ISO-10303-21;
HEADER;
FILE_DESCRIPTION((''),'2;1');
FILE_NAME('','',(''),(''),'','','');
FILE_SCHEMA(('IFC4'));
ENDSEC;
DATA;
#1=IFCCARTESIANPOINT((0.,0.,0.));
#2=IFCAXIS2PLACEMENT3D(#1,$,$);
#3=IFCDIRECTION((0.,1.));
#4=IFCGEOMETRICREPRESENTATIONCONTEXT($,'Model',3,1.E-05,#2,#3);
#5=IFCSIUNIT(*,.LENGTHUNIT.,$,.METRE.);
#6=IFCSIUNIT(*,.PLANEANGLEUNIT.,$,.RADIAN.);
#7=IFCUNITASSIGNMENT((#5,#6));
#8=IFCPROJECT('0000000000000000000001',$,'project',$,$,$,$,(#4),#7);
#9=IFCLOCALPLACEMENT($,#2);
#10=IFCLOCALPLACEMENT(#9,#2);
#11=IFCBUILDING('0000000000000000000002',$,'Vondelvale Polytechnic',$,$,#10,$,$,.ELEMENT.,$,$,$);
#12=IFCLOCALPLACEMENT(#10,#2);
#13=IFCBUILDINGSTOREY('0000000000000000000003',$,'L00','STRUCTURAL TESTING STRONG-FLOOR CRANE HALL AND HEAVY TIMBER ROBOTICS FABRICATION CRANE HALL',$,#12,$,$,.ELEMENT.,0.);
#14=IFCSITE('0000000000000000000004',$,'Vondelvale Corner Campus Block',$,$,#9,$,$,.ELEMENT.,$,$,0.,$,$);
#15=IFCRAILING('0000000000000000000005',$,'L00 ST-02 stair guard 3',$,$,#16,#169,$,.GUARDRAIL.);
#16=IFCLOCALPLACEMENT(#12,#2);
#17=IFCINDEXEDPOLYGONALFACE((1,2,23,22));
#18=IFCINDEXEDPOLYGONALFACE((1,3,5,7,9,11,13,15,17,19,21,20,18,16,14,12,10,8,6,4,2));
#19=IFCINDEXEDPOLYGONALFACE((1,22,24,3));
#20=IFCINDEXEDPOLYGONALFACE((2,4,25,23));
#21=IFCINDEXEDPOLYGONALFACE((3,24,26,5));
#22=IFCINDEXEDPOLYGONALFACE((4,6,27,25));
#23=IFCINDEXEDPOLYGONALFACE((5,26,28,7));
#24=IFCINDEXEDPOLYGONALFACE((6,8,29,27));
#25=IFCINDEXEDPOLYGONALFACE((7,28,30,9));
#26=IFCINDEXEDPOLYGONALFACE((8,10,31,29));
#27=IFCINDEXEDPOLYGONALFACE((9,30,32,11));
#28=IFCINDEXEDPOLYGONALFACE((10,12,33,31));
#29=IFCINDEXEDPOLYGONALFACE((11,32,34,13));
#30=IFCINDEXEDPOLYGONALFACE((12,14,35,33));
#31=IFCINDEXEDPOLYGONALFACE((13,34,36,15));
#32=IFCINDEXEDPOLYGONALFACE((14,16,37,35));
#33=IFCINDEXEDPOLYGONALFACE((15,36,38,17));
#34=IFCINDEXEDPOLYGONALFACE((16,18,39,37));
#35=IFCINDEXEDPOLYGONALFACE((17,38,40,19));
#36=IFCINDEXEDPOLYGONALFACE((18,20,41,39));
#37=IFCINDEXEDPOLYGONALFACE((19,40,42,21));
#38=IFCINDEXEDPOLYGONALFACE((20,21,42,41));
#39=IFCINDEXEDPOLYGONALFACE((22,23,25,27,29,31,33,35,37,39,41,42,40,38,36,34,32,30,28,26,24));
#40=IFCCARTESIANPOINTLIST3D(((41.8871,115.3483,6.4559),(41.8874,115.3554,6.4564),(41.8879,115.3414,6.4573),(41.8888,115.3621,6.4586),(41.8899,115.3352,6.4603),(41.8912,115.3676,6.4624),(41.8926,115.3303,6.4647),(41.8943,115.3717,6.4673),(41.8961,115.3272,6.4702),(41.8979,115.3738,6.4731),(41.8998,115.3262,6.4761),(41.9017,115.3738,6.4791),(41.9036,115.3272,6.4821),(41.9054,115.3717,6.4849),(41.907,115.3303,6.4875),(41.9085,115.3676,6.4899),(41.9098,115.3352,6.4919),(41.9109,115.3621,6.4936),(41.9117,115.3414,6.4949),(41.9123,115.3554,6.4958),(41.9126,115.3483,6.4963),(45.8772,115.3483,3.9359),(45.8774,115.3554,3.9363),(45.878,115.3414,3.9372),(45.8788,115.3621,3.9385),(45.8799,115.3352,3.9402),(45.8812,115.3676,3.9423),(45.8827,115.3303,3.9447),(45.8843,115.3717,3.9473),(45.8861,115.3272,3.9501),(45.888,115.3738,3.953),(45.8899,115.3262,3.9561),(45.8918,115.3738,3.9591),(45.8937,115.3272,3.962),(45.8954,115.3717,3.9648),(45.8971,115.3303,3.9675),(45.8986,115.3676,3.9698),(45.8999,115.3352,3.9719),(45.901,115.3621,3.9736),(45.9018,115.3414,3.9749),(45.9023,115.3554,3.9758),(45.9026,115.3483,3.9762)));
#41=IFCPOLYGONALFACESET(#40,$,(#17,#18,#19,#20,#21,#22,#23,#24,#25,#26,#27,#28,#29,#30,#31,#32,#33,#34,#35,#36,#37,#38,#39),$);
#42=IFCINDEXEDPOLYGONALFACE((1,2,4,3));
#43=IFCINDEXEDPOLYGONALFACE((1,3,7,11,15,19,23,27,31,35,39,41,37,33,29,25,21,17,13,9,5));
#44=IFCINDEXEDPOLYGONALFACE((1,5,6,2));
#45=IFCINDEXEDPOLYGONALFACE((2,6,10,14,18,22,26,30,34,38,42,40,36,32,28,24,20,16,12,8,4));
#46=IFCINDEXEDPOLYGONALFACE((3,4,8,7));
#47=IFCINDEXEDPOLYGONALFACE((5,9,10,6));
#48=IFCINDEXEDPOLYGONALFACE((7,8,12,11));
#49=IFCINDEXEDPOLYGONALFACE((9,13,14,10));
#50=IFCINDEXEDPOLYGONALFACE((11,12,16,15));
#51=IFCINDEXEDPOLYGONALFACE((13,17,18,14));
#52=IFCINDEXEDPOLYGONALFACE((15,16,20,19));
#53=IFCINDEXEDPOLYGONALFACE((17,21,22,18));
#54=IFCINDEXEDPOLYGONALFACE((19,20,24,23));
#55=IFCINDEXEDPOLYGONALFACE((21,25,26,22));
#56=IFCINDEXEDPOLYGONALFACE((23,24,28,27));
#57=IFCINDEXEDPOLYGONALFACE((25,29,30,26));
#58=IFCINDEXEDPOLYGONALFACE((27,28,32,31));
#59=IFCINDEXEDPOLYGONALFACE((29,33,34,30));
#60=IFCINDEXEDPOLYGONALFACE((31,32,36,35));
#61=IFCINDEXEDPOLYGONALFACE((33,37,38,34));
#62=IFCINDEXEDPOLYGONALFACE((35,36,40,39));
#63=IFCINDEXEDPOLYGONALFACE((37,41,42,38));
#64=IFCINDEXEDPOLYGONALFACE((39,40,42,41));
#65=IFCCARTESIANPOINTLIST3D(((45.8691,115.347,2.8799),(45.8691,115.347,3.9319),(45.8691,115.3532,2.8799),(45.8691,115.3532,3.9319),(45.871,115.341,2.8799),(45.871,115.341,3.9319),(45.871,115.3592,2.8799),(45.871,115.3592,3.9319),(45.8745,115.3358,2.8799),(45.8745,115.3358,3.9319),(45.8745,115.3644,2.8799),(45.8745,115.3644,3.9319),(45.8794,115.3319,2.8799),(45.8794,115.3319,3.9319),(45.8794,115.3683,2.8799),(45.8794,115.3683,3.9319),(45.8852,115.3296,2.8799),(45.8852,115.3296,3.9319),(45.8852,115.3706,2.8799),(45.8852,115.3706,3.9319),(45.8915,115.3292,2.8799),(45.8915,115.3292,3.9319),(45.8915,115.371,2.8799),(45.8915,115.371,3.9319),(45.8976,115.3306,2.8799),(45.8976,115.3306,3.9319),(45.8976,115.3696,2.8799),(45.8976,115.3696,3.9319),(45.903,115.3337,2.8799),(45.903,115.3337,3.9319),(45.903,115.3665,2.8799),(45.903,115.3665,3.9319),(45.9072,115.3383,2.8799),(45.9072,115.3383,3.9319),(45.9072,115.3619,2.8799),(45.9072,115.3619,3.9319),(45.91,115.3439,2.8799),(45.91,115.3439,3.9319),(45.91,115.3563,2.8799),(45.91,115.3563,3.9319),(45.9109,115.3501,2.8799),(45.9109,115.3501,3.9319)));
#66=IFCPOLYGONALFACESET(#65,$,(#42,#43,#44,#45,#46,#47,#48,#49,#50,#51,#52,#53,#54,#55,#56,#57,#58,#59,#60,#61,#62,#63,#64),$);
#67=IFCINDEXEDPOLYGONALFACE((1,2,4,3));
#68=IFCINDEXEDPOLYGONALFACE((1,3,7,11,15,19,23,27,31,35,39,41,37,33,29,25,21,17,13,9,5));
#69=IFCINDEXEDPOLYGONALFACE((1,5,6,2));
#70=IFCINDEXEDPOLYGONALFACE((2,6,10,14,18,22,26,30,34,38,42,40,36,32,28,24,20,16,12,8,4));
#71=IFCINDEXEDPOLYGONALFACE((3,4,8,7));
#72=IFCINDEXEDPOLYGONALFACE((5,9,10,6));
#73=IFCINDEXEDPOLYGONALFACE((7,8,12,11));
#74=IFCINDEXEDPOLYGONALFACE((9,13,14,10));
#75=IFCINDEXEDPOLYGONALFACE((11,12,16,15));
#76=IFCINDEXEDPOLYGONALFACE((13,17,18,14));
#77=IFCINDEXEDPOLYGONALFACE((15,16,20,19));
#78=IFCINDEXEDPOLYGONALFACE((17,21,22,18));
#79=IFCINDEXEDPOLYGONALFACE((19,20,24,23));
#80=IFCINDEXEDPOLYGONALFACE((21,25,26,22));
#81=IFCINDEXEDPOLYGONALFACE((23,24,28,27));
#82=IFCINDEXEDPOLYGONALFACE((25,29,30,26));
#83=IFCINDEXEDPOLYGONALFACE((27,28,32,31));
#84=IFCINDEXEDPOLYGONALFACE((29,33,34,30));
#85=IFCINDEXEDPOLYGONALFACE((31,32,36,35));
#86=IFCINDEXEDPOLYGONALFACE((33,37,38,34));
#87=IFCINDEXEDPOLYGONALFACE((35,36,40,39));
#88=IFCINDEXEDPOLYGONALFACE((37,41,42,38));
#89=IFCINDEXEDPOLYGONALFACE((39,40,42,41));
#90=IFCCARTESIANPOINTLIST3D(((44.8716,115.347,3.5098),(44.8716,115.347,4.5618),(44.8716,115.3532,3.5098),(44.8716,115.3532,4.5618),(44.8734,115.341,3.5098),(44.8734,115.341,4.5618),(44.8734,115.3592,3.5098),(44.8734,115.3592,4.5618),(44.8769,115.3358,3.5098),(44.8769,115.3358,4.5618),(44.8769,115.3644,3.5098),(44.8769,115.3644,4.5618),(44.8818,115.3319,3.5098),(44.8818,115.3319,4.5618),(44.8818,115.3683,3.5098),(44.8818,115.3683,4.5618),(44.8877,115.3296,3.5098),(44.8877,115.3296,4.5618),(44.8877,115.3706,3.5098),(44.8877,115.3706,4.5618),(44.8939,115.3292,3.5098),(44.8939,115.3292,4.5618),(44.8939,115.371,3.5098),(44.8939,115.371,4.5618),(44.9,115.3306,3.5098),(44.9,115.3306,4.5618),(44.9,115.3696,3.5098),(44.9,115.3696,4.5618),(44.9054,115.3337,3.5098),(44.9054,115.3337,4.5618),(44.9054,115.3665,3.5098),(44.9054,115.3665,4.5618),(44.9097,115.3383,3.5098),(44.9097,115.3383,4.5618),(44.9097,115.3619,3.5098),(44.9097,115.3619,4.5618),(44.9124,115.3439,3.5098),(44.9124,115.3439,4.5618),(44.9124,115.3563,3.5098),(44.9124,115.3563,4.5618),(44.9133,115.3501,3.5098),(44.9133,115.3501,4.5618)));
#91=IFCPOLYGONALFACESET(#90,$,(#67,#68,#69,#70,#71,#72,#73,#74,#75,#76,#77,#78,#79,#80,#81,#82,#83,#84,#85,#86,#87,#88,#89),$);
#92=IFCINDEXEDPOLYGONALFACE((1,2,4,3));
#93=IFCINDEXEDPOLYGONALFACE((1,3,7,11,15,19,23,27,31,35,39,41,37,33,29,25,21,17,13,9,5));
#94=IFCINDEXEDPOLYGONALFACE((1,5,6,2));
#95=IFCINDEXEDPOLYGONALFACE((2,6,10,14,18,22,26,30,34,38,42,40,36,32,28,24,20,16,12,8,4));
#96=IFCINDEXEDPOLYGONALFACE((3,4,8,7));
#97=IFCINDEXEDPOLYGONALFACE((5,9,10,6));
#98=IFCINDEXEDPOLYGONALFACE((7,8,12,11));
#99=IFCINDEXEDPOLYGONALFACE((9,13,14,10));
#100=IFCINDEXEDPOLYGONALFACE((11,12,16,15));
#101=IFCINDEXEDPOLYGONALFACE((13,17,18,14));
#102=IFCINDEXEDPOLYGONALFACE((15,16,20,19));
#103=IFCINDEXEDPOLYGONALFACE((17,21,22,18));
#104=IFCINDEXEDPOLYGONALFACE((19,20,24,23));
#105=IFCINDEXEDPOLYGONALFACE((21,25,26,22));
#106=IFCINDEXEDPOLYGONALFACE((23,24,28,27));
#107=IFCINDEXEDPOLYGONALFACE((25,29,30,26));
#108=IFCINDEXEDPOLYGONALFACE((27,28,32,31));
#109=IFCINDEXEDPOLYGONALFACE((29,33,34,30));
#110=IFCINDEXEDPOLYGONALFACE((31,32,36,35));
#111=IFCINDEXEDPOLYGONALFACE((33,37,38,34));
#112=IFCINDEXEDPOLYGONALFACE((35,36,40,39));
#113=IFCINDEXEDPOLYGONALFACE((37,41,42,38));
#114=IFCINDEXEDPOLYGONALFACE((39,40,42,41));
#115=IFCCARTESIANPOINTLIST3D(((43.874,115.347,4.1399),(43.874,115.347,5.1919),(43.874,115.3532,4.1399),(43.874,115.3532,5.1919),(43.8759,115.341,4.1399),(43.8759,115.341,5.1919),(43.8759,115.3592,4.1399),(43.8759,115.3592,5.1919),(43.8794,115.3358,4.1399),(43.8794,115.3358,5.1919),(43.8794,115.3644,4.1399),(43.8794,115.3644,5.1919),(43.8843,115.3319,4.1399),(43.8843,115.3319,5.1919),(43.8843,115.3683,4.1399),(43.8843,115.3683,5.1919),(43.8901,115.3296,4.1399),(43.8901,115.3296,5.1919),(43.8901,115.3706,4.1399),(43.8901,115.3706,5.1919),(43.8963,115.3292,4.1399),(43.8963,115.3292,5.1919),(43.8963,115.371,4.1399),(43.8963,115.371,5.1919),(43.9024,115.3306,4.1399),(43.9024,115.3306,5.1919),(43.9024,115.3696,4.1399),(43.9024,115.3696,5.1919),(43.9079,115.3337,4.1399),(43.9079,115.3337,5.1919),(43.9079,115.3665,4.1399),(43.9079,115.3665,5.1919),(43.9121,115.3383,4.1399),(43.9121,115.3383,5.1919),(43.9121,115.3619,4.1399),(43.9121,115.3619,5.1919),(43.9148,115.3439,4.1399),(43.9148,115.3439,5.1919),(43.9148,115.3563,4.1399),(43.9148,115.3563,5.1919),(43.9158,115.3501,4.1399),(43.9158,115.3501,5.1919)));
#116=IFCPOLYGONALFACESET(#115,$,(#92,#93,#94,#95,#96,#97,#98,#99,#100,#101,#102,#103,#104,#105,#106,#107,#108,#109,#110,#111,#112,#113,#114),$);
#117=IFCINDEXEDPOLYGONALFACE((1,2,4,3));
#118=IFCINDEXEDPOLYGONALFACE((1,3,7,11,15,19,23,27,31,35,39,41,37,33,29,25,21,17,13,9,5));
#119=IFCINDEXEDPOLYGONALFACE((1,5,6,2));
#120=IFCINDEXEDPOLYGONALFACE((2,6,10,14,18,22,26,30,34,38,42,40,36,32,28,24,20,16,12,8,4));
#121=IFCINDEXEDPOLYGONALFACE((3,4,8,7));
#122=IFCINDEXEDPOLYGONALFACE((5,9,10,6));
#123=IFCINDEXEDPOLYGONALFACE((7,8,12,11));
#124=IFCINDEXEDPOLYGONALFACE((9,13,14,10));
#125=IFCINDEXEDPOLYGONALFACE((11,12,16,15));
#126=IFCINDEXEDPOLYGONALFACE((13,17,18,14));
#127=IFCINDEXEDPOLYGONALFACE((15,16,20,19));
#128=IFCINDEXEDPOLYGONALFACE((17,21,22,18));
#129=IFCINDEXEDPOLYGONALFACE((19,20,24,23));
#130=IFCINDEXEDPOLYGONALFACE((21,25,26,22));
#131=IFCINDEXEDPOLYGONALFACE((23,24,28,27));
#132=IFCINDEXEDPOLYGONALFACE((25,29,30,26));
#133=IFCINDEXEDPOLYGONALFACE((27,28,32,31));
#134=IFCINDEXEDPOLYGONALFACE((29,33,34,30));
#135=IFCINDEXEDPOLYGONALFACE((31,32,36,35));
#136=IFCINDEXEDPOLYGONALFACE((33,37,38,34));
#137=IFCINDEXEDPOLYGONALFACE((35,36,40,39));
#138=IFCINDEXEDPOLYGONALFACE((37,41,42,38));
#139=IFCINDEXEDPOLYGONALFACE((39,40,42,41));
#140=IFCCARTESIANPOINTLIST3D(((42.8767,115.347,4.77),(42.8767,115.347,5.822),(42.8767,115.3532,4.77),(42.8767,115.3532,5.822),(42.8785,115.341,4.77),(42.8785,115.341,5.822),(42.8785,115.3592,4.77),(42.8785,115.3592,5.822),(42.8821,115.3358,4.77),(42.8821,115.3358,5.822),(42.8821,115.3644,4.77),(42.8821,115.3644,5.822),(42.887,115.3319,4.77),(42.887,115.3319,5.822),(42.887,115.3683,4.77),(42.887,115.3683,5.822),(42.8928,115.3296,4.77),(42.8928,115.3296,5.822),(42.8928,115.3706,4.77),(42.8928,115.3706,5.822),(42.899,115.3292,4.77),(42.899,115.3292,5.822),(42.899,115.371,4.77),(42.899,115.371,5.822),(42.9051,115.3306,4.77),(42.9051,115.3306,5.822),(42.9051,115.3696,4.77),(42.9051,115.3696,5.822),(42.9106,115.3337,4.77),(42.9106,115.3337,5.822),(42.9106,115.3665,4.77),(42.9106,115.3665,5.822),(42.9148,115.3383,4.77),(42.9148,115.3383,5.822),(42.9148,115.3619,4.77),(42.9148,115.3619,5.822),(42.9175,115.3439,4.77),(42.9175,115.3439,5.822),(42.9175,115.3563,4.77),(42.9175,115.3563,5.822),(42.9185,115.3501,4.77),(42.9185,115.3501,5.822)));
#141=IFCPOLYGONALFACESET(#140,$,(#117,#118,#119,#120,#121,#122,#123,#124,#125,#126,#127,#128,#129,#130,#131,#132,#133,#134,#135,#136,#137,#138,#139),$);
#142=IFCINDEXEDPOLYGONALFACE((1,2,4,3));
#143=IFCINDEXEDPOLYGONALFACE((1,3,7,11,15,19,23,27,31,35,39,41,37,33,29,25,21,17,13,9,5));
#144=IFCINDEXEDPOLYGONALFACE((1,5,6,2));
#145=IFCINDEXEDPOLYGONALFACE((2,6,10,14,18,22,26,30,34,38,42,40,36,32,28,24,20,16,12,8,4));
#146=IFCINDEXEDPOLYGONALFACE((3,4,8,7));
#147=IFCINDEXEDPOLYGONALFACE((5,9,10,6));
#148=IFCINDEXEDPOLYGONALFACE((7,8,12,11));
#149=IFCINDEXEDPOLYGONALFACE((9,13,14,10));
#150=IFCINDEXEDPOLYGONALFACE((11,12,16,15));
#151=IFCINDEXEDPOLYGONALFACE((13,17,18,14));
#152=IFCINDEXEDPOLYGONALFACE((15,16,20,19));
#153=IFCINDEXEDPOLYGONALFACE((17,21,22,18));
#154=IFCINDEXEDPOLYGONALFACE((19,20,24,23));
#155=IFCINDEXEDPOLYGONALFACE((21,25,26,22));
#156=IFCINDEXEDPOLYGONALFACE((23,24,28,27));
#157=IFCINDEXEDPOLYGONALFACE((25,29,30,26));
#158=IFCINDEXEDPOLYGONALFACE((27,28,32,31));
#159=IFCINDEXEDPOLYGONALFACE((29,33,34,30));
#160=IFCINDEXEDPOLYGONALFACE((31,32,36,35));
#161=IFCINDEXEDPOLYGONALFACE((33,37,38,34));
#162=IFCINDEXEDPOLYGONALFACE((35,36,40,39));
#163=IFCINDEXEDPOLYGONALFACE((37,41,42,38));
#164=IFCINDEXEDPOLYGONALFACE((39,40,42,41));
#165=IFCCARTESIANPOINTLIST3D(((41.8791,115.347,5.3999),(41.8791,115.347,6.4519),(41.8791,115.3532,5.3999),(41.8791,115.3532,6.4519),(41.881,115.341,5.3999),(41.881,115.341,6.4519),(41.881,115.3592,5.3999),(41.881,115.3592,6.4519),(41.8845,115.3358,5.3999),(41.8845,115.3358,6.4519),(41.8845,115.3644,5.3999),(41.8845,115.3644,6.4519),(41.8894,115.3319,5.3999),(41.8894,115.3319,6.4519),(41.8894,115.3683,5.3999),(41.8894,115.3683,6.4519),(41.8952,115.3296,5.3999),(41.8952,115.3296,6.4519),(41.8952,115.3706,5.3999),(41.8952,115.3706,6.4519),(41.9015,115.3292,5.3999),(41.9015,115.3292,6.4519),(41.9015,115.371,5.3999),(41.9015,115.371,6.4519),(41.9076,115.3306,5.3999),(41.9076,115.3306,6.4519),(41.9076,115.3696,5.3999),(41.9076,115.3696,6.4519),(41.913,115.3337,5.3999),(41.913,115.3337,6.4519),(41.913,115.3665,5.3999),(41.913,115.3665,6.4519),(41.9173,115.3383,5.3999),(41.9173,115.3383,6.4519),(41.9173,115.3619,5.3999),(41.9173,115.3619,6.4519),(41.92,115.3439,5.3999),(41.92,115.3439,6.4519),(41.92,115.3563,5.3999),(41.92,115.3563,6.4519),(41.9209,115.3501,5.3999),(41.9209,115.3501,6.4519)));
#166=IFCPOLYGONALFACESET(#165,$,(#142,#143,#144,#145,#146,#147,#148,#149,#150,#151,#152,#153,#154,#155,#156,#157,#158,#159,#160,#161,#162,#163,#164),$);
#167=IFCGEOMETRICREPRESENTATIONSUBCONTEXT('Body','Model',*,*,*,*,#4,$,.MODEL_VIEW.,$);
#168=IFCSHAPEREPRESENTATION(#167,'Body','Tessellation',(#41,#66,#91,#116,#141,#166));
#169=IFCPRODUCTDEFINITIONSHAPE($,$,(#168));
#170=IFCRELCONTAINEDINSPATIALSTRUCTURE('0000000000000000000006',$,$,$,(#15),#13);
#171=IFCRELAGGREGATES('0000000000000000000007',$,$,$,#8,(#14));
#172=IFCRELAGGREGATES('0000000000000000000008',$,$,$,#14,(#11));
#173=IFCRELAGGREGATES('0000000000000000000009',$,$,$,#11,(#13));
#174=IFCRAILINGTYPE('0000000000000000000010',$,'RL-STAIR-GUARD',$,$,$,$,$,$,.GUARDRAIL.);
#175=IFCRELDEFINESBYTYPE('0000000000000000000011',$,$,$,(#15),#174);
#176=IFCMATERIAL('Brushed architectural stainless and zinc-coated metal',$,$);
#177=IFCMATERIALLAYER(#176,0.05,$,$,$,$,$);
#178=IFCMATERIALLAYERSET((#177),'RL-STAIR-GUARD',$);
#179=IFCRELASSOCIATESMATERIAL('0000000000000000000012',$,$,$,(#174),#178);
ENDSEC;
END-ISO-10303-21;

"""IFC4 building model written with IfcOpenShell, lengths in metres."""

from ifc_helpers import new_model, si_unit, direction, frame, origin, origin_2d, place, context, subcontext, project, spatial, circle, extrude, material, layer, layer_set, type_object, element, save


model = new_model("IFC4")

# Units and contexts
model_context = context("Model", 3, precision=1e-05, world=origin(), true_north=direction((0.0, 1.0)))
body_context = subcontext(model_context, "Body", "Model", "MODEL_VIEW")
ifc_project = project(units=[si_unit("LENGTHUNIT", "METRE"), si_unit("PLANEANGLEUNIT", "RADIAN")], contexts=[model_context])

# Site, building, storey
site_placement = place(None, origin())
site = spatial("IfcSite", under=ifc_project, at=site_placement, Name="Vondelvale Corner Campus Block", CompositionType="ELEMENT", RefElevation=0.0)
building_placement = place(site_placement, origin())
building = spatial("IfcBuilding", under=site, at=building_placement, Name="Vondelvale Polytechnic", CompositionType="ELEMENT")
storey_placement = place(building_placement, origin())
storey = spatial("IfcBuildingStorey", under=building, at=storey_placement, Name="L00", Description="STRUCTURAL TESTING STRONG-FLOOR CRANE HALL AND HEAVY TIMBER ROBOTICS FABRICATION CRANE HALL", CompositionType="ELEMENT", Elevation=0.0)

# Shared definitions
ifc_material_1 = material(Name="Brushed architectural stainless and zinc-coated metal")

# Railing
ifc_layer_1 = layer(ifc_material_1, 0.05)
ifc_layer_set_1 = layer_set([ifc_layer_1], Name="RL-STAIR-GUARD")
railing_type_1 = type_object("IfcRailingType", Name="RL-STAIR-GUARD", PredefinedType="GUARDRAIL", material=ifc_layer_set_1)
railing_1_placement = place(storey_placement, frame((45.8899, 115.3501, 2.8799)))
element("IfcRailing", 1, at=railing_1_placement, inside=storey, type_object=railing_type_1, Name="L00 ST-02 stair guard 3", PredefinedType="GUARDRAIL", context=body_context, shape_type="SweptSolid", body=[
    extrude(circle(Radius=0.0239, at=origin_2d()), frame((0.0, 0.0, 1.0762), z_axis=(-0.845486, 0.0, 0.533997), x_axis=(0.0, -1.0, 0.0)), (0.0, 0.0, 1.0), 4.7192),
    extrude(circle(Radius=0.021, at=origin_2d()), origin(), (0.0, 0.0, 1.0), 1.052),
    extrude(circle(Radius=0.021, at=origin_2d()), frame((-0.9976, 0.0, 0.6299)), (0.0, 0.0, 1.0), 1.052),
    extrude(circle(Radius=0.021, at=origin_2d()), frame((-1.9951, 0.0, 1.26)), (0.0, 0.0, 1.0), 1.052),
    extrude(circle(Radius=0.021, at=origin_2d()), frame((-2.9924, 0.0, 1.8901)), (0.0, 0.0, 1.0), 1.052),
    extrude(circle(Radius=0.021, at=origin_2d()), frame((-3.99, 0.0, 2.52)), (0.0, 0.0, 1.0), 1.052),
])

save(model, "model.ifc")
